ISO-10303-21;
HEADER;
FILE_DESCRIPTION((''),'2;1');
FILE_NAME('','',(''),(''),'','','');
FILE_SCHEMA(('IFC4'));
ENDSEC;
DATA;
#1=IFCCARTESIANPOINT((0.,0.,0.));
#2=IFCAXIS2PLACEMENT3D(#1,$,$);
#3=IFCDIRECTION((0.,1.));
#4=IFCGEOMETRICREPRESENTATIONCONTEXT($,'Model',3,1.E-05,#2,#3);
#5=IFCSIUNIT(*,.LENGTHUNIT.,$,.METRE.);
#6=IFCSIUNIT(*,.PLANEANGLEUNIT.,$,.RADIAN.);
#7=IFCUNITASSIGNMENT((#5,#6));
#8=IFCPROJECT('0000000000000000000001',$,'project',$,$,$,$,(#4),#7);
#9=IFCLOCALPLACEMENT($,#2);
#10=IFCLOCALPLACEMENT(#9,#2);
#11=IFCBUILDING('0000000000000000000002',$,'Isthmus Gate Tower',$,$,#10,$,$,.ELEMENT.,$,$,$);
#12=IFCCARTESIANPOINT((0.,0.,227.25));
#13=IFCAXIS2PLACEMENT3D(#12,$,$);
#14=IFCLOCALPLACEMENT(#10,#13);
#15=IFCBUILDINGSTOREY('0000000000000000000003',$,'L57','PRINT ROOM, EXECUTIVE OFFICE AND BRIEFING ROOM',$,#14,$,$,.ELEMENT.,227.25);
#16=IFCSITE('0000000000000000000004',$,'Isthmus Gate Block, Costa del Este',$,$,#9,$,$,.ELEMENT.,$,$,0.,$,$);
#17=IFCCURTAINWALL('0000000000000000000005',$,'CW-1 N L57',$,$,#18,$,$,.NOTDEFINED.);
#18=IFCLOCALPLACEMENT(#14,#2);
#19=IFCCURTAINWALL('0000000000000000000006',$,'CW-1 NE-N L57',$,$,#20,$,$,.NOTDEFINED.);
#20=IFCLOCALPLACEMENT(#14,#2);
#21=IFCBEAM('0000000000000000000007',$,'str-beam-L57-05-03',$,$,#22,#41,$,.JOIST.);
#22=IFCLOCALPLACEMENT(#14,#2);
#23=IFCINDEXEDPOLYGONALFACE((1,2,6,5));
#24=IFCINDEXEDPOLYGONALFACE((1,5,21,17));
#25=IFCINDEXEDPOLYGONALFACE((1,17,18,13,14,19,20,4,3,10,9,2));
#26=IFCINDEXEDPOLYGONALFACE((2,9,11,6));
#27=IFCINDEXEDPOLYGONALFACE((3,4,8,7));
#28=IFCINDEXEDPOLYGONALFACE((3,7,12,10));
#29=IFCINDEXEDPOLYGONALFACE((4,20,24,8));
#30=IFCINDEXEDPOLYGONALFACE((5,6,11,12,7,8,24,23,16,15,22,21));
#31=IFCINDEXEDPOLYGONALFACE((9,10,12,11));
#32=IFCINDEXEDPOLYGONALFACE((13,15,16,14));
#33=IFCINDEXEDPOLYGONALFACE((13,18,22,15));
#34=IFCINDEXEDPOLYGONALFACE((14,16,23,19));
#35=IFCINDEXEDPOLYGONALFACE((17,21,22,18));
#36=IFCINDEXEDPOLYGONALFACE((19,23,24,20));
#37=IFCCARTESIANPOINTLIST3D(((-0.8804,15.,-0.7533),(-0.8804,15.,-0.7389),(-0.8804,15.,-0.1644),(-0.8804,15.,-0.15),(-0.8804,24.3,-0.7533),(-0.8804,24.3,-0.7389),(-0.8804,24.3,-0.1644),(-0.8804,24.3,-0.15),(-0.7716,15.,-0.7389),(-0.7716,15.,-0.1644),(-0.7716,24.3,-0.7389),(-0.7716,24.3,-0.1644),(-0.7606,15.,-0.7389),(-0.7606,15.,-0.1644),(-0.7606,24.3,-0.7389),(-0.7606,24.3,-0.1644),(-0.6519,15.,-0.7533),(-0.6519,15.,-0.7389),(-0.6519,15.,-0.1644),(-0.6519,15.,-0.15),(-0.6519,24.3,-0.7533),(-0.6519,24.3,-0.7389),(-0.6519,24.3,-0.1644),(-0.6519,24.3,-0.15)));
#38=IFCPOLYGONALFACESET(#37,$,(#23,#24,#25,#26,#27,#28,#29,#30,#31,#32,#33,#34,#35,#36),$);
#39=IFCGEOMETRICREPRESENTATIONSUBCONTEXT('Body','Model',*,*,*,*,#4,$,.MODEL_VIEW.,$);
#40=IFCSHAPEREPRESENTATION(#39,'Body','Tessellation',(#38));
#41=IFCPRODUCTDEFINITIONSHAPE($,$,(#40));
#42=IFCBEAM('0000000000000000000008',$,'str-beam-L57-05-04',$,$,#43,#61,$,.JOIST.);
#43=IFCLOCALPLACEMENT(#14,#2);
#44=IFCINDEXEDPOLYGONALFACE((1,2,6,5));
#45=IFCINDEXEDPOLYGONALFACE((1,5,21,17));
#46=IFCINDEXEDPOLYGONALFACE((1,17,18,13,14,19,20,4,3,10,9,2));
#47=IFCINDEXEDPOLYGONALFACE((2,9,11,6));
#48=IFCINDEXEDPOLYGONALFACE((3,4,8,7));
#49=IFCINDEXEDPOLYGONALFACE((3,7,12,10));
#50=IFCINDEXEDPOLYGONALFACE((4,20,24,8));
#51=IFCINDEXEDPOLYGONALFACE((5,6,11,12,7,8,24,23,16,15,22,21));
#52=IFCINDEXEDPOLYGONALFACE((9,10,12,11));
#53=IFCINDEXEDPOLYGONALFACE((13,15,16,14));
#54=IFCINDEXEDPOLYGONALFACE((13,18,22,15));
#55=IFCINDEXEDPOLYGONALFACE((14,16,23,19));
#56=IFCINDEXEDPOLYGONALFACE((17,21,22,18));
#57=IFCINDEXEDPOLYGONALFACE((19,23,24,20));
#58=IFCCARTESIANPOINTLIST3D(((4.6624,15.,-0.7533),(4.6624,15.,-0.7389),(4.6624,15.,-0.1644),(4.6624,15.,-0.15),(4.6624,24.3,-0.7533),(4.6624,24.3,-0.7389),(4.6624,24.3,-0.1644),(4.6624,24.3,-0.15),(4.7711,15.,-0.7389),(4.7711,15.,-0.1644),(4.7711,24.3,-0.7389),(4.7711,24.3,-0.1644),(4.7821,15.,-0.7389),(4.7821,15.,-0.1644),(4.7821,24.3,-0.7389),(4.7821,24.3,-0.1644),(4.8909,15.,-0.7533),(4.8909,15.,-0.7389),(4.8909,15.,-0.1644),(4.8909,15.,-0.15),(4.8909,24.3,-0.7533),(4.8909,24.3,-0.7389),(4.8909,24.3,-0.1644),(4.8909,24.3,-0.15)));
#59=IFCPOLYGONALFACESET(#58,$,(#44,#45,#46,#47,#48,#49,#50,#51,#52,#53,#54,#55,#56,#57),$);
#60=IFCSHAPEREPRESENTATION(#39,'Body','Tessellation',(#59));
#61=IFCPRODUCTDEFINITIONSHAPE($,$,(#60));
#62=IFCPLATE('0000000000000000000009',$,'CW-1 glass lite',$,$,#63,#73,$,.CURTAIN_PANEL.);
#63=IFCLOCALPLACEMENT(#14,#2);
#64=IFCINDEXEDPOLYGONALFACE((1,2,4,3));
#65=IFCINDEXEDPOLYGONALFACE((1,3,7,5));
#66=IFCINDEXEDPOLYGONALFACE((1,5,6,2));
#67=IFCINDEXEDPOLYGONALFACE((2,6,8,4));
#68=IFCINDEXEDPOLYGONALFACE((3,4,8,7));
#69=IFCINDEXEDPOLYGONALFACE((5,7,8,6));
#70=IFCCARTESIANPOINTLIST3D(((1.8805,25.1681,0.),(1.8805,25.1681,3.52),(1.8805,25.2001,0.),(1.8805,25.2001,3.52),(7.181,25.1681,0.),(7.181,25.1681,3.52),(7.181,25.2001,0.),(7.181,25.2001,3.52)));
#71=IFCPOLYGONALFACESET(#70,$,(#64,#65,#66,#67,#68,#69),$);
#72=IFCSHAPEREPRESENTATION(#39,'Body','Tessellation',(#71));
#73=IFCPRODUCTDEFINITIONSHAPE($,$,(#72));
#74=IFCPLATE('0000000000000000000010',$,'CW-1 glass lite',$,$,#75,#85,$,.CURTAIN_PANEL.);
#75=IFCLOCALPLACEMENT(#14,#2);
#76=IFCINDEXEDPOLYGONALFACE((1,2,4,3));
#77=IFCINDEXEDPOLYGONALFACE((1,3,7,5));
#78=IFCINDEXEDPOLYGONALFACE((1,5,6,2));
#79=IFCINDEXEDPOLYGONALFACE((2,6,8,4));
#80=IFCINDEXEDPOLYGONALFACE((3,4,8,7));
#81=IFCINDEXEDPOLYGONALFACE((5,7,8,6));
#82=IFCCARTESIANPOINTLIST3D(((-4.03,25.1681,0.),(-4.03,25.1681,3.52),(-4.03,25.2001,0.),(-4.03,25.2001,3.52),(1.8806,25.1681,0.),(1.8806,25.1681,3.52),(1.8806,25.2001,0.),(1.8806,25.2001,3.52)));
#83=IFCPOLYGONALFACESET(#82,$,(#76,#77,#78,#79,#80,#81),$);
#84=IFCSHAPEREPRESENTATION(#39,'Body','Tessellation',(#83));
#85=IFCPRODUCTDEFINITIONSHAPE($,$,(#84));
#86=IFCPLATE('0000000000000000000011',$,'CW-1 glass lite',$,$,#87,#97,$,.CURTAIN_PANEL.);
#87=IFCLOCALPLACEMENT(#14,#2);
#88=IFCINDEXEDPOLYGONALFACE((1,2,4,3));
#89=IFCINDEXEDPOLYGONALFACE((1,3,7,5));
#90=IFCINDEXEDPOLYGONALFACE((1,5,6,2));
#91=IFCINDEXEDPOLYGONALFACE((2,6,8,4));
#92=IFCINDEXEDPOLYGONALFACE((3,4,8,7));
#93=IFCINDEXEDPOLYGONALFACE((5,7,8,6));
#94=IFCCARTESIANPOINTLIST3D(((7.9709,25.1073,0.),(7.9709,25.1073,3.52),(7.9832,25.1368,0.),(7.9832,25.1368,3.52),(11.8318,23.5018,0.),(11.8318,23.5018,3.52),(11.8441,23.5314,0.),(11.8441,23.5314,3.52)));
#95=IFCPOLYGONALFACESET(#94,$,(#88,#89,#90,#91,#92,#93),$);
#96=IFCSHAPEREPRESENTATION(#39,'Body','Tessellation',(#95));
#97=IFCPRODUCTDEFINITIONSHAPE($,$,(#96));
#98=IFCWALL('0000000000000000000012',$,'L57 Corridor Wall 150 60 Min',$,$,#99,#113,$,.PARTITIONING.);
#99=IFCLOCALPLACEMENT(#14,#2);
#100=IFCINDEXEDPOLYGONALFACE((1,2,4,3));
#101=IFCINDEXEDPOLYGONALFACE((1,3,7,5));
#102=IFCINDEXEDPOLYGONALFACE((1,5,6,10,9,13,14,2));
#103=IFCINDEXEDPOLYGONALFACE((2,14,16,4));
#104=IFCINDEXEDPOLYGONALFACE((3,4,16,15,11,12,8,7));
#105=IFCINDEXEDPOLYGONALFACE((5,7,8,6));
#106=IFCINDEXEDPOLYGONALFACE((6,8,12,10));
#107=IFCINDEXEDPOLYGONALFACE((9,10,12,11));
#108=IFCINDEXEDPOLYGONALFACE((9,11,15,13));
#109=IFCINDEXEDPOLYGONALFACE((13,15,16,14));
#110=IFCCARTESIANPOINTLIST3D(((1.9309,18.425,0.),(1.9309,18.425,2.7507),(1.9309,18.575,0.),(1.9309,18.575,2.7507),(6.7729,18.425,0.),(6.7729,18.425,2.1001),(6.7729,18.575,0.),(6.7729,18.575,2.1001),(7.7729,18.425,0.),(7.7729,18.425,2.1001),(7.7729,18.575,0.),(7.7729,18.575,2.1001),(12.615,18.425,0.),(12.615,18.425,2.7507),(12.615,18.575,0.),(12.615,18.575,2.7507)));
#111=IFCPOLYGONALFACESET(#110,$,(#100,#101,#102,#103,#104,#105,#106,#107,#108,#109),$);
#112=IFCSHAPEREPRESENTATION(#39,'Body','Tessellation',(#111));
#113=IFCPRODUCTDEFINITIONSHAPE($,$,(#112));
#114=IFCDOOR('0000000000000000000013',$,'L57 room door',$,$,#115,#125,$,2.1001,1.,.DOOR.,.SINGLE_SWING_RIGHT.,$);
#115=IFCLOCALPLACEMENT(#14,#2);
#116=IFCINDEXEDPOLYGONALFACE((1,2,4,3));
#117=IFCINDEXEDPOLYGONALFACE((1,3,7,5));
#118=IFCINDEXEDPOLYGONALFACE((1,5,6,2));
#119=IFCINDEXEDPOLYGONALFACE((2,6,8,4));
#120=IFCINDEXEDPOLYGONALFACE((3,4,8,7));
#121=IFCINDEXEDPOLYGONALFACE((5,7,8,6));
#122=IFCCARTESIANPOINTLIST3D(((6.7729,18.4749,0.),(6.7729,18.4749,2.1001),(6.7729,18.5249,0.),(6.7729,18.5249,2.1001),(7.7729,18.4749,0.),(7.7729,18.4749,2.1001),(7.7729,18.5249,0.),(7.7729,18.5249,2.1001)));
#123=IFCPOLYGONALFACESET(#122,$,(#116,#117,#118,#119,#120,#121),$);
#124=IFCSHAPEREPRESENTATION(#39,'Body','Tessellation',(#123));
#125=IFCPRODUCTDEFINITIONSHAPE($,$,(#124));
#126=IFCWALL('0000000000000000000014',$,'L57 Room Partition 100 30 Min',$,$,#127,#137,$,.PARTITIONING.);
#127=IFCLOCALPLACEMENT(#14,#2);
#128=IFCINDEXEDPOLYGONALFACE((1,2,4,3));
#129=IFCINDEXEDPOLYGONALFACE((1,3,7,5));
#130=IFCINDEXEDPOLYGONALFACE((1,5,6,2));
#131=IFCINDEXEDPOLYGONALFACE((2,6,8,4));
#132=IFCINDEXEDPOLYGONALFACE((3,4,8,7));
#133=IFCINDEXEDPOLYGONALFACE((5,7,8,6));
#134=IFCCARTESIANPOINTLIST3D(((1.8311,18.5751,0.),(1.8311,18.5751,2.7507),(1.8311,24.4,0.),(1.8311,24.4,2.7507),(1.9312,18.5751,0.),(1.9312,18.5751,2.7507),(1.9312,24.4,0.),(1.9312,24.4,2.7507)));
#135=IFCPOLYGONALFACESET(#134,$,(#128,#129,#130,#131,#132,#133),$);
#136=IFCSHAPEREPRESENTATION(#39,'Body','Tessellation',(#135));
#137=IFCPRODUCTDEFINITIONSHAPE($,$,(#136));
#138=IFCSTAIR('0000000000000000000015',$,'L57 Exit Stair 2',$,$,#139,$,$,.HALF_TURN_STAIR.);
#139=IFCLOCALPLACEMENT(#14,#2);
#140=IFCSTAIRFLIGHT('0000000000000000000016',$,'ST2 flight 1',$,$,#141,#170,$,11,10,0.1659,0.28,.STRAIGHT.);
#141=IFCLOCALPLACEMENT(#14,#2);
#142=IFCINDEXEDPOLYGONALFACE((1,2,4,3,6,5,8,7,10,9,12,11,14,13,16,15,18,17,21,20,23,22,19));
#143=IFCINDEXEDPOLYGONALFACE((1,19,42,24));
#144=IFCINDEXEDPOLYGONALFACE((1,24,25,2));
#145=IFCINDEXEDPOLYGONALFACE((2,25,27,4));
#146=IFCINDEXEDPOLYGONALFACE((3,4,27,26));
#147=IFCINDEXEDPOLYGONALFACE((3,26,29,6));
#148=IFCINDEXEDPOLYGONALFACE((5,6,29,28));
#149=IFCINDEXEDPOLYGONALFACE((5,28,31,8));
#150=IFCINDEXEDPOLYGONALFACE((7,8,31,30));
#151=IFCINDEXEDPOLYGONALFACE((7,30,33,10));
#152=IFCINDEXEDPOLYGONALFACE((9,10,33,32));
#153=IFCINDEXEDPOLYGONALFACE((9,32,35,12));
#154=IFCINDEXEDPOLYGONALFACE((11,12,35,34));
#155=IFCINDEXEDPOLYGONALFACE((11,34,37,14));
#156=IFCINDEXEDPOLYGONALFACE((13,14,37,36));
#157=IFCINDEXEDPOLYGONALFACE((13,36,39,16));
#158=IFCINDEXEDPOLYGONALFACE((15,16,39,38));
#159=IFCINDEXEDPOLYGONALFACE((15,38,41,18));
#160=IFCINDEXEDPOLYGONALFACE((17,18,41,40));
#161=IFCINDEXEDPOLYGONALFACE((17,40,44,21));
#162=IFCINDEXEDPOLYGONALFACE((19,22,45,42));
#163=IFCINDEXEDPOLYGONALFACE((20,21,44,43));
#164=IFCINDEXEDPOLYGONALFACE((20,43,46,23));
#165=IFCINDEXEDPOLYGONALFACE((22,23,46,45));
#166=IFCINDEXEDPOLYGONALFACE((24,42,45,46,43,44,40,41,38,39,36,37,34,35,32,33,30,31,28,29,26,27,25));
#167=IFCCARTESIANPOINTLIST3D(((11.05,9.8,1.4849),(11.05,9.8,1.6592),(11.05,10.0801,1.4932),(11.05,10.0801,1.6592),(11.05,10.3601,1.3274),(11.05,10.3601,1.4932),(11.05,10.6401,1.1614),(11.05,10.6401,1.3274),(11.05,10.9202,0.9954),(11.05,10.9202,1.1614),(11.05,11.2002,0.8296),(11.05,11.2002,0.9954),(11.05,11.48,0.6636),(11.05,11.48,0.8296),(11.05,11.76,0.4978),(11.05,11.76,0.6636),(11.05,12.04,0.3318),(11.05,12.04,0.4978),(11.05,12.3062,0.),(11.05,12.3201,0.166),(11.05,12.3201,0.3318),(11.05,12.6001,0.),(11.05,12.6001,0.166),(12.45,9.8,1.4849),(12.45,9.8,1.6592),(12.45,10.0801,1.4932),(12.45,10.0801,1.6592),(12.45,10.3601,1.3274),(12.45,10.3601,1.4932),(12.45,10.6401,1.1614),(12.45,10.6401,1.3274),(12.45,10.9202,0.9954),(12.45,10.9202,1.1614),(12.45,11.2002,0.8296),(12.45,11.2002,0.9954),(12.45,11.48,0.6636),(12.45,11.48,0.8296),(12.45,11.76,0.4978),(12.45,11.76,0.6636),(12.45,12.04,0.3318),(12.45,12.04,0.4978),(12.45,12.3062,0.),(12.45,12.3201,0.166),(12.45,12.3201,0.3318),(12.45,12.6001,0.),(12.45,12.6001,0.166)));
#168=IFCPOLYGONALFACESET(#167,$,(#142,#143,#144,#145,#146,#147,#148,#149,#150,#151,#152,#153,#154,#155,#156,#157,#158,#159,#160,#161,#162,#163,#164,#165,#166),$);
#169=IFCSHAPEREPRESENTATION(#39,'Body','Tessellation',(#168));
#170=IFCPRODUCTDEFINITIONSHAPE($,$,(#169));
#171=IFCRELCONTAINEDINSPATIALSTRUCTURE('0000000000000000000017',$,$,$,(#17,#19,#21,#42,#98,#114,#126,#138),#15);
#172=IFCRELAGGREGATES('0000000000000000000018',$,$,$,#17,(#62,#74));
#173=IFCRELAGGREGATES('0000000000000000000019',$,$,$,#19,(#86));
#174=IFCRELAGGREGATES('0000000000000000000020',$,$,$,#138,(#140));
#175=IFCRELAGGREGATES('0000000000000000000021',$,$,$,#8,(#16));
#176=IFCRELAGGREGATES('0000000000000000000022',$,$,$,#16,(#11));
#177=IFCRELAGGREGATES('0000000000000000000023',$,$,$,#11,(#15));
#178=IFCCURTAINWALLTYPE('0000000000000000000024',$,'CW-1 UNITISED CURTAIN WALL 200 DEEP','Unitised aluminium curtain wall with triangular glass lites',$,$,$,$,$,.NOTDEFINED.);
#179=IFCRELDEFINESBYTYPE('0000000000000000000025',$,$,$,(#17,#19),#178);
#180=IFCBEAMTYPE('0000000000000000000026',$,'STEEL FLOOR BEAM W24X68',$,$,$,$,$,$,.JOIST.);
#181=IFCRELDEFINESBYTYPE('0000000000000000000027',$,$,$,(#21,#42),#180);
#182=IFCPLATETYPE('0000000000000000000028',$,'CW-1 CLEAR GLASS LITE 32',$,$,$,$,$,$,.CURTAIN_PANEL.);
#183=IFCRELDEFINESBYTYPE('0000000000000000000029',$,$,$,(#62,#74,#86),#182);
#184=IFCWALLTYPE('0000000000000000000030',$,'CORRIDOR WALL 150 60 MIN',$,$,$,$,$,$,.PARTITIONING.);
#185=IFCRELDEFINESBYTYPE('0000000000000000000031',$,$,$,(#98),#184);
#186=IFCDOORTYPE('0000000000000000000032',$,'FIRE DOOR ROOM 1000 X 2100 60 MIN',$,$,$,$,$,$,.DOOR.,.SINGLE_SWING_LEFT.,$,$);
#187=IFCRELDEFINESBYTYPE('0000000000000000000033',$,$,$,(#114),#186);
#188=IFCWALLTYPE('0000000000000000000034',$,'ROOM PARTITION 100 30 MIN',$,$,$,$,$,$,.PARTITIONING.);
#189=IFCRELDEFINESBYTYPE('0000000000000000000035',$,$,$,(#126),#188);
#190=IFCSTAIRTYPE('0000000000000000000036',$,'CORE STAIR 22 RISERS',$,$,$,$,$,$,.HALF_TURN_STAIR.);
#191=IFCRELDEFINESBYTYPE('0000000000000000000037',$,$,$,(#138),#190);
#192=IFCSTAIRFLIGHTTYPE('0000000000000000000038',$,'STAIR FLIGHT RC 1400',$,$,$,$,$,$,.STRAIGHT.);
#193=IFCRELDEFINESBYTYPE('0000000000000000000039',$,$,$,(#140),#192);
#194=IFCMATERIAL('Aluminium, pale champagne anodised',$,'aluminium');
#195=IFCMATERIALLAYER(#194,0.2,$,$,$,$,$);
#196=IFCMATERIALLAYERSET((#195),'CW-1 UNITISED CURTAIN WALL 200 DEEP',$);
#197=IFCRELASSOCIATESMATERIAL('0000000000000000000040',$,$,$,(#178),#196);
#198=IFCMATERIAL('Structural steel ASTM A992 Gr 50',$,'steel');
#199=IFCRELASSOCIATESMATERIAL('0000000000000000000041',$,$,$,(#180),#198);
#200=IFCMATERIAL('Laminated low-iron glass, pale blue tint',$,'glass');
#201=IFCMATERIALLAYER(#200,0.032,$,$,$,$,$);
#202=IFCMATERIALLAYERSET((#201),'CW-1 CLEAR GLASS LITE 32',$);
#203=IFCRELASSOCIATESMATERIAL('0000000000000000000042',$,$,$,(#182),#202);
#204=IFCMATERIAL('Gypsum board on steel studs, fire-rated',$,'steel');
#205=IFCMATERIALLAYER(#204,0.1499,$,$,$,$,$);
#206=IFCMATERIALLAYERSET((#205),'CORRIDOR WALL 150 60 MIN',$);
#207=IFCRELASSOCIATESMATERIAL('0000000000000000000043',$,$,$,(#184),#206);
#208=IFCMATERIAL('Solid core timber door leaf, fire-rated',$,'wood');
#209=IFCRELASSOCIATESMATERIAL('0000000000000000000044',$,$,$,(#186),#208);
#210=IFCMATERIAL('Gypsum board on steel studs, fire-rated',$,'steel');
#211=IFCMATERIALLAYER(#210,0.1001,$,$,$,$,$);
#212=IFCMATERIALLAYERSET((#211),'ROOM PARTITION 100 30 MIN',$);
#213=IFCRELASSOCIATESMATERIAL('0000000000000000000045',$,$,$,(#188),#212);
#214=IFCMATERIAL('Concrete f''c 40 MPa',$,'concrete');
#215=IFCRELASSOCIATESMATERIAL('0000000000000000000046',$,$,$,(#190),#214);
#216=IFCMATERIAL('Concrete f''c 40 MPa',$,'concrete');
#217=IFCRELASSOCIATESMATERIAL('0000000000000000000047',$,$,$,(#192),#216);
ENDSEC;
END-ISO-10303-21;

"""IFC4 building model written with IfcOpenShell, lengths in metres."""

from ifc_helpers import new_model, si_unit, direction, frame, frame_2d, origin, origin_2d, place, context, subcontext, project, spatial, polyline, rectangle, i_section, outline, extrude, material, layer, layer_set, material_profile, profile_set, type_object, element, fill, aggregate, save


model = new_model("IFC4")

# Units and contexts
model_context = context("Model", 3, precision=1e-05, world=origin(), true_north=direction((0.0, 1.0)))
body_context = subcontext(model_context, "Body", "Model", "MODEL_VIEW")
ifc_project = project(units=[si_unit("LENGTHUNIT", "METRE"), si_unit("PLANEANGLEUNIT", "RADIAN")], contexts=[model_context])

# Site, building, storey
site_placement = place(None, origin())
site = spatial("IfcSite", under=ifc_project, at=site_placement, Name="Isthmus Gate Block, Costa del Este", CompositionType="ELEMENT", RefElevation=0.0)
building_placement = place(site_placement, origin())
building = spatial("IfcBuilding", under=site, at=building_placement, Name="Isthmus Gate Tower", CompositionType="ELEMENT")
storey_placement = place(building_placement, frame((0.0, 0.0, 227.25)))
storey = spatial("IfcBuildingStorey", under=building, at=storey_placement, Name="L57", Description="PRINT ROOM, EXECUTIVE OFFICE AND BRIEFING ROOM", CompositionType="ELEMENT", Elevation=227.25)

# Curtain walls
ifc_material_1 = material(Name="Aluminium, pale champagne anodised", Category="aluminium")
ifc_layer_1 = layer(ifc_material_1, 0.2)
ifc_layer_set_1 = layer_set([ifc_layer_1], Name="CW-1 UNITISED CURTAIN WALL 200 DEEP")
curtain_wall_type = type_object("IfcCurtainWallType", Name="CW-1 UNITISED CURTAIN WALL 200 DEEP", Description="Unitised aluminium curtain wall with triangular glass lites", PredefinedType="NOTDEFINED", material=ifc_layer_set_1)
curtain_wall_1_placement = place(storey_placement, origin())
curtain_wall_1 = element("IfcCurtainWall", 1, at=curtain_wall_1_placement, inside=storey, type_object=curtain_wall_type, Name="CW-1 N L57", PredefinedType="NOTDEFINED")
curtain_wall_2_placement = place(storey_placement, origin())
curtain_wall_2 = element("IfcCurtainWall", 2, at=curtain_wall_2_placement, inside=storey, type_object=curtain_wall_type, Name="CW-1 NE-N L57", PredefinedType="NOTDEFINED")

# Beams
ifc_material_2 = material(Name="Structural steel ASTM A992 Gr 50", Category="steel")
ifc_material_profile_1 = material_profile(ifc_material_2, i_section(OverallWidth=0.2285, OverallDepth=0.6033, WebThickness=0.011, FlangeThickness=0.0144, at=origin_2d()), Name="W24X68")
ifc_profile_set_1 = profile_set([ifc_material_profile_1], Name="Structural steel ASTM A992 Gr 50")
beam_type_1 = type_object("IfcBeamType", Name="STEEL FLOOR BEAM W24X68", PredefinedType="JOIST", material=ifc_profile_set_1)
for number, where, z_axis, x_axis, name in (
    (3, (-0.7661, 15.0, -0.4517), (0.0, 1.0, 0.0), (-1.0, 0.0, 0.0), "str-beam-L57-05-03"),
    (4, (4.7766, 15.0, -0.4517), (0.0, 1.0, 0.0), (-1.0, 0.0, 0.0), "str-beam-L57-05-04"),
):
    element("IfcBeam", number, at=place(storey_placement, frame(where, z_axis=z_axis, x_axis=x_axis)), inside=storey, type_object=beam_type_1, Name=name, PredefinedType="JOIST", context=body_context, shape_type="SweptSolid", body=[
        extrude(i_section(OverallWidth=0.2285, OverallDepth=0.6033, WebThickness=0.011, FlangeThickness=0.0144, at=origin_2d()), origin(), (0.0, 0.0, 1.0), 9.3),
    ])

# Plates
ifc_material_3 = material(Name="Laminated low-iron glass, pale blue tint", Category="glass")
ifc_layer_2 = layer(ifc_material_3, 0.032)
ifc_layer_set_2 = layer_set([ifc_layer_2], Name="CW-1 CLEAR GLASS LITE 32")
plate_type = type_object("IfcPlateType", Name="CW-1 CLEAR GLASS LITE 32", PredefinedType="CURTAIN_PANEL", material=ifc_layer_set_2)
plate_1_placement = place(storey_placement, frame((4.5308, 25.1841, 0.0), z_axis=(0.0, 0.0, 1.0), x_axis=(-1.0, 0.0, 0.0)))
plate_1 = element("IfcPlate", 5, at=plate_1_placement, type_object=plate_type, Name="CW-1 glass lite", PredefinedType="CURTAIN_PANEL", context=body_context, shape_type="SweptSolid", body=[
    extrude(rectangle(XDim=5.3005, YDim=0.032, at=origin_2d()), origin(), (0.0, 0.0, 1.0), 3.52),
])
plate_2_placement = place(storey_placement, frame((-1.0747, 25.1841, 0.0), z_axis=(0.0, 0.0, 1.0), x_axis=(-1.0, 0.0, 0.0)))
plate_2 = element("IfcPlate", 6, at=plate_2_placement, type_object=plate_type, Name="CW-1 glass lite", PredefinedType="CURTAIN_PANEL", context=body_context, shape_type="SweptSolid", body=[
    extrude(rectangle(XDim=5.9106, YDim=0.032, at=origin_2d()), origin(), (0.0, 0.0, 1.0), 3.52),
])
aggregate(curtain_wall_1, [plate_1, plate_2])
plate_3_placement = place(storey_placement, frame((9.9075, 24.3193, 0.0), z_axis=(0.0, 0.0, 1.0), x_axis=(-0.923353, 0.383952, 0.0)))
plate_3 = element("IfcPlate", 7, at=plate_3_placement, type_object=plate_type, Name="CW-1 glass lite", PredefinedType="CURTAIN_PANEL", context=body_context, shape_type="SweptSolid", body=[
    extrude(rectangle(XDim=4.1814, YDim=0.032, at=origin_2d()), origin(), (0.0, 0.0, 1.0), 3.52),
])
aggregate(curtain_wall_2, [plate_3])

# Wall, opening, door
ifc_material_4 = material(Name="Gypsum board on steel studs, fire-rated", Category="steel")
ifc_layer_3 = layer(ifc_material_4, 0.1499)
ifc_layer_set_3 = layer_set([ifc_layer_3], Name="CORRIDOR WALL 150 60 MIN")
wall_type_1 = type_object("IfcWallType", Name="CORRIDOR WALL 150 60 MIN", PredefinedType="PARTITIONING", material=ifc_layer_set_3)
wall_1_placement = place(storey_placement, frame((1.9309, 18.5, 0.0), z_axis=(0.0, 0.0, 1.0), x_axis=(1.0, 0.0, 0.0)))
wall_1 = element("IfcWall", 8, at=wall_1_placement, inside=storey, type_object=wall_type_1, Name="L57 Corridor Wall 150 60 Min", PredefinedType="PARTITIONING", context=body_context, shape_type="SweptSolid", body=[
    extrude(rectangle(XDim=10.6841, YDim=0.1499, at=frame_2d((5.342, 0.0))), origin(), (0.0, 0.0, 1.0), 2.7507),
])
opening_placement = place(wall_1_placement, frame((4.842, 0.0, 0.0)))
opening = element("IfcOpeningElement", 9, at=opening_placement, cuts=wall_1, PredefinedType="OPENING", context=body_context, shape_type="SweptSolid", body=[
    extrude(rectangle(XDim=1.0, YDim=2.1001, at=frame_2d((0.5, 1.05))), frame((0.0, 0.085, 0.0), z_axis=(0.0, -1.0, 0.0), x_axis=(1.0, 0.0, 0.0)), (0.0, 0.0, 1.0), 0.1699),
])
ifc_material_5 = material(Name="Solid core timber door leaf, fire-rated", Category="wood")
door_type = type_object("IfcDoorType", Name="FIRE DOOR ROOM 1000 X 2100 60 MIN", OperationType="SINGLE_SWING_LEFT", PredefinedType="DOOR", material=ifc_material_5)
door_placement = place(opening_placement, origin())
door = element("IfcDoor", 10, at=door_placement, inside=storey, type_object=door_type, Name="L57 room door", OperationType="SINGLE_SWING_RIGHT", OverallHeight=2.1001, OverallWidth=1.0, PredefinedType="DOOR", context=body_context, shape_type="SweptSolid", body=[
    extrude(rectangle(XDim=1.0, YDim=2.1001, at=frame_2d((0.5, 1.05))), frame((0.0, 0.0249, 0.0), z_axis=(0.0, -1.0, 0.0), x_axis=(1.0, 0.0, 0.0)), (0.0, 0.0, 1.0), 0.05),
])
fill(opening, door)

# Wall
ifc_material_6 = material(Name="Gypsum board on steel studs, fire-rated", Category="steel")
ifc_layer_4 = layer(ifc_material_6, 0.1001)
ifc_layer_set_4 = layer_set([ifc_layer_4], Name="ROOM PARTITION 100 30 MIN")
wall_type_2 = type_object("IfcWallType", Name="ROOM PARTITION 100 30 MIN", PredefinedType="PARTITIONING", material=ifc_layer_set_4)
wall_2_placement = place(storey_placement, frame((1.8811, 18.575, 0.0), z_axis=(0.0, 0.0, 1.0), x_axis=(0.0, 1.0, 0.0)))
element("IfcWall", 11, at=wall_2_placement, inside=storey, type_object=wall_type_2, Name="L57 Room Partition 100 30 Min", PredefinedType="PARTITIONING", context=body_context, shape_type="SweptSolid", body=[
    extrude(rectangle(XDim=5.825, YDim=0.1001, at=frame_2d((2.9126, 0.0))), origin(), (0.0, 0.0, 1.0), 2.7507),
])

# Stair, stair flight
ifc_material_7 = material(Name="Concrete f'c 40 MPa", Category="concrete")
stair_type = type_object("IfcStairType", Name="CORE STAIR 22 RISERS", PredefinedType="HALF_TURN_STAIR", material=ifc_material_7)
stair_placement = place(storey_placement, origin())
stair = element("IfcStair", 12, at=stair_placement, inside=storey, type_object=stair_type, Name="L57 Exit Stair 2", PredefinedType="HALF_TURN_STAIR")
ifc_material_8 = material(Name="Concrete f'c 40 MPa", Category="concrete")
stair_flight_type = type_object("IfcStairFlightType", Name="STAIR FLIGHT RC 1400", PredefinedType="STRAIGHT", material=ifc_material_8)
stair_flight_placement = place(storey_placement, frame((11.75, 12.6001, 0.0), z_axis=(0.0, 0.0, 1.0), x_axis=(0.0, -1.0, 0.0)))
stair_flight = element("IfcStairFlight", 13, at=stair_flight_placement, type_object=stair_flight_type, Name="ST2 flight 1", NumberOfRisers=11, NumberOfTreads=10, PredefinedType="STRAIGHT", RiserHeight=0.1659, TreadLength=0.28, context=body_context, shape_type="SweptSolid", body=[
    extrude(outline(polyline([(0.0, 0.0), (0.0, 0.166), (0.28, 0.166), (0.28, 0.3318), (0.5601, 0.3318), (0.5601, 0.4978), (0.8401, 0.4978), (0.8401, 0.6636), (1.1201, 0.6636), (1.1201, 0.8296), (1.3999, 0.8296), (1.3999, 0.9954), (1.6799, 0.9954), (1.6799, 1.1614), (1.96, 1.1614), (1.96, 1.3274), (2.24, 1.3274), (2.24, 1.4932), (2.52, 1.4932), (2.52, 1.6592), (2.8, 1.6592), (2.8, 1.825), (2.8, 1.4849), (0.2939, 0.0), (0.0, 0.0)])), frame((0.0, 0.7, 0.0), z_axis=(0.0, -1.0, 0.0), x_axis=(1.0, 0.0, 0.0)), (0.0, 0.0, 1.0), 1.3999),
])
aggregate(stair, [stair_flight])

save(model, "model.ifc")
